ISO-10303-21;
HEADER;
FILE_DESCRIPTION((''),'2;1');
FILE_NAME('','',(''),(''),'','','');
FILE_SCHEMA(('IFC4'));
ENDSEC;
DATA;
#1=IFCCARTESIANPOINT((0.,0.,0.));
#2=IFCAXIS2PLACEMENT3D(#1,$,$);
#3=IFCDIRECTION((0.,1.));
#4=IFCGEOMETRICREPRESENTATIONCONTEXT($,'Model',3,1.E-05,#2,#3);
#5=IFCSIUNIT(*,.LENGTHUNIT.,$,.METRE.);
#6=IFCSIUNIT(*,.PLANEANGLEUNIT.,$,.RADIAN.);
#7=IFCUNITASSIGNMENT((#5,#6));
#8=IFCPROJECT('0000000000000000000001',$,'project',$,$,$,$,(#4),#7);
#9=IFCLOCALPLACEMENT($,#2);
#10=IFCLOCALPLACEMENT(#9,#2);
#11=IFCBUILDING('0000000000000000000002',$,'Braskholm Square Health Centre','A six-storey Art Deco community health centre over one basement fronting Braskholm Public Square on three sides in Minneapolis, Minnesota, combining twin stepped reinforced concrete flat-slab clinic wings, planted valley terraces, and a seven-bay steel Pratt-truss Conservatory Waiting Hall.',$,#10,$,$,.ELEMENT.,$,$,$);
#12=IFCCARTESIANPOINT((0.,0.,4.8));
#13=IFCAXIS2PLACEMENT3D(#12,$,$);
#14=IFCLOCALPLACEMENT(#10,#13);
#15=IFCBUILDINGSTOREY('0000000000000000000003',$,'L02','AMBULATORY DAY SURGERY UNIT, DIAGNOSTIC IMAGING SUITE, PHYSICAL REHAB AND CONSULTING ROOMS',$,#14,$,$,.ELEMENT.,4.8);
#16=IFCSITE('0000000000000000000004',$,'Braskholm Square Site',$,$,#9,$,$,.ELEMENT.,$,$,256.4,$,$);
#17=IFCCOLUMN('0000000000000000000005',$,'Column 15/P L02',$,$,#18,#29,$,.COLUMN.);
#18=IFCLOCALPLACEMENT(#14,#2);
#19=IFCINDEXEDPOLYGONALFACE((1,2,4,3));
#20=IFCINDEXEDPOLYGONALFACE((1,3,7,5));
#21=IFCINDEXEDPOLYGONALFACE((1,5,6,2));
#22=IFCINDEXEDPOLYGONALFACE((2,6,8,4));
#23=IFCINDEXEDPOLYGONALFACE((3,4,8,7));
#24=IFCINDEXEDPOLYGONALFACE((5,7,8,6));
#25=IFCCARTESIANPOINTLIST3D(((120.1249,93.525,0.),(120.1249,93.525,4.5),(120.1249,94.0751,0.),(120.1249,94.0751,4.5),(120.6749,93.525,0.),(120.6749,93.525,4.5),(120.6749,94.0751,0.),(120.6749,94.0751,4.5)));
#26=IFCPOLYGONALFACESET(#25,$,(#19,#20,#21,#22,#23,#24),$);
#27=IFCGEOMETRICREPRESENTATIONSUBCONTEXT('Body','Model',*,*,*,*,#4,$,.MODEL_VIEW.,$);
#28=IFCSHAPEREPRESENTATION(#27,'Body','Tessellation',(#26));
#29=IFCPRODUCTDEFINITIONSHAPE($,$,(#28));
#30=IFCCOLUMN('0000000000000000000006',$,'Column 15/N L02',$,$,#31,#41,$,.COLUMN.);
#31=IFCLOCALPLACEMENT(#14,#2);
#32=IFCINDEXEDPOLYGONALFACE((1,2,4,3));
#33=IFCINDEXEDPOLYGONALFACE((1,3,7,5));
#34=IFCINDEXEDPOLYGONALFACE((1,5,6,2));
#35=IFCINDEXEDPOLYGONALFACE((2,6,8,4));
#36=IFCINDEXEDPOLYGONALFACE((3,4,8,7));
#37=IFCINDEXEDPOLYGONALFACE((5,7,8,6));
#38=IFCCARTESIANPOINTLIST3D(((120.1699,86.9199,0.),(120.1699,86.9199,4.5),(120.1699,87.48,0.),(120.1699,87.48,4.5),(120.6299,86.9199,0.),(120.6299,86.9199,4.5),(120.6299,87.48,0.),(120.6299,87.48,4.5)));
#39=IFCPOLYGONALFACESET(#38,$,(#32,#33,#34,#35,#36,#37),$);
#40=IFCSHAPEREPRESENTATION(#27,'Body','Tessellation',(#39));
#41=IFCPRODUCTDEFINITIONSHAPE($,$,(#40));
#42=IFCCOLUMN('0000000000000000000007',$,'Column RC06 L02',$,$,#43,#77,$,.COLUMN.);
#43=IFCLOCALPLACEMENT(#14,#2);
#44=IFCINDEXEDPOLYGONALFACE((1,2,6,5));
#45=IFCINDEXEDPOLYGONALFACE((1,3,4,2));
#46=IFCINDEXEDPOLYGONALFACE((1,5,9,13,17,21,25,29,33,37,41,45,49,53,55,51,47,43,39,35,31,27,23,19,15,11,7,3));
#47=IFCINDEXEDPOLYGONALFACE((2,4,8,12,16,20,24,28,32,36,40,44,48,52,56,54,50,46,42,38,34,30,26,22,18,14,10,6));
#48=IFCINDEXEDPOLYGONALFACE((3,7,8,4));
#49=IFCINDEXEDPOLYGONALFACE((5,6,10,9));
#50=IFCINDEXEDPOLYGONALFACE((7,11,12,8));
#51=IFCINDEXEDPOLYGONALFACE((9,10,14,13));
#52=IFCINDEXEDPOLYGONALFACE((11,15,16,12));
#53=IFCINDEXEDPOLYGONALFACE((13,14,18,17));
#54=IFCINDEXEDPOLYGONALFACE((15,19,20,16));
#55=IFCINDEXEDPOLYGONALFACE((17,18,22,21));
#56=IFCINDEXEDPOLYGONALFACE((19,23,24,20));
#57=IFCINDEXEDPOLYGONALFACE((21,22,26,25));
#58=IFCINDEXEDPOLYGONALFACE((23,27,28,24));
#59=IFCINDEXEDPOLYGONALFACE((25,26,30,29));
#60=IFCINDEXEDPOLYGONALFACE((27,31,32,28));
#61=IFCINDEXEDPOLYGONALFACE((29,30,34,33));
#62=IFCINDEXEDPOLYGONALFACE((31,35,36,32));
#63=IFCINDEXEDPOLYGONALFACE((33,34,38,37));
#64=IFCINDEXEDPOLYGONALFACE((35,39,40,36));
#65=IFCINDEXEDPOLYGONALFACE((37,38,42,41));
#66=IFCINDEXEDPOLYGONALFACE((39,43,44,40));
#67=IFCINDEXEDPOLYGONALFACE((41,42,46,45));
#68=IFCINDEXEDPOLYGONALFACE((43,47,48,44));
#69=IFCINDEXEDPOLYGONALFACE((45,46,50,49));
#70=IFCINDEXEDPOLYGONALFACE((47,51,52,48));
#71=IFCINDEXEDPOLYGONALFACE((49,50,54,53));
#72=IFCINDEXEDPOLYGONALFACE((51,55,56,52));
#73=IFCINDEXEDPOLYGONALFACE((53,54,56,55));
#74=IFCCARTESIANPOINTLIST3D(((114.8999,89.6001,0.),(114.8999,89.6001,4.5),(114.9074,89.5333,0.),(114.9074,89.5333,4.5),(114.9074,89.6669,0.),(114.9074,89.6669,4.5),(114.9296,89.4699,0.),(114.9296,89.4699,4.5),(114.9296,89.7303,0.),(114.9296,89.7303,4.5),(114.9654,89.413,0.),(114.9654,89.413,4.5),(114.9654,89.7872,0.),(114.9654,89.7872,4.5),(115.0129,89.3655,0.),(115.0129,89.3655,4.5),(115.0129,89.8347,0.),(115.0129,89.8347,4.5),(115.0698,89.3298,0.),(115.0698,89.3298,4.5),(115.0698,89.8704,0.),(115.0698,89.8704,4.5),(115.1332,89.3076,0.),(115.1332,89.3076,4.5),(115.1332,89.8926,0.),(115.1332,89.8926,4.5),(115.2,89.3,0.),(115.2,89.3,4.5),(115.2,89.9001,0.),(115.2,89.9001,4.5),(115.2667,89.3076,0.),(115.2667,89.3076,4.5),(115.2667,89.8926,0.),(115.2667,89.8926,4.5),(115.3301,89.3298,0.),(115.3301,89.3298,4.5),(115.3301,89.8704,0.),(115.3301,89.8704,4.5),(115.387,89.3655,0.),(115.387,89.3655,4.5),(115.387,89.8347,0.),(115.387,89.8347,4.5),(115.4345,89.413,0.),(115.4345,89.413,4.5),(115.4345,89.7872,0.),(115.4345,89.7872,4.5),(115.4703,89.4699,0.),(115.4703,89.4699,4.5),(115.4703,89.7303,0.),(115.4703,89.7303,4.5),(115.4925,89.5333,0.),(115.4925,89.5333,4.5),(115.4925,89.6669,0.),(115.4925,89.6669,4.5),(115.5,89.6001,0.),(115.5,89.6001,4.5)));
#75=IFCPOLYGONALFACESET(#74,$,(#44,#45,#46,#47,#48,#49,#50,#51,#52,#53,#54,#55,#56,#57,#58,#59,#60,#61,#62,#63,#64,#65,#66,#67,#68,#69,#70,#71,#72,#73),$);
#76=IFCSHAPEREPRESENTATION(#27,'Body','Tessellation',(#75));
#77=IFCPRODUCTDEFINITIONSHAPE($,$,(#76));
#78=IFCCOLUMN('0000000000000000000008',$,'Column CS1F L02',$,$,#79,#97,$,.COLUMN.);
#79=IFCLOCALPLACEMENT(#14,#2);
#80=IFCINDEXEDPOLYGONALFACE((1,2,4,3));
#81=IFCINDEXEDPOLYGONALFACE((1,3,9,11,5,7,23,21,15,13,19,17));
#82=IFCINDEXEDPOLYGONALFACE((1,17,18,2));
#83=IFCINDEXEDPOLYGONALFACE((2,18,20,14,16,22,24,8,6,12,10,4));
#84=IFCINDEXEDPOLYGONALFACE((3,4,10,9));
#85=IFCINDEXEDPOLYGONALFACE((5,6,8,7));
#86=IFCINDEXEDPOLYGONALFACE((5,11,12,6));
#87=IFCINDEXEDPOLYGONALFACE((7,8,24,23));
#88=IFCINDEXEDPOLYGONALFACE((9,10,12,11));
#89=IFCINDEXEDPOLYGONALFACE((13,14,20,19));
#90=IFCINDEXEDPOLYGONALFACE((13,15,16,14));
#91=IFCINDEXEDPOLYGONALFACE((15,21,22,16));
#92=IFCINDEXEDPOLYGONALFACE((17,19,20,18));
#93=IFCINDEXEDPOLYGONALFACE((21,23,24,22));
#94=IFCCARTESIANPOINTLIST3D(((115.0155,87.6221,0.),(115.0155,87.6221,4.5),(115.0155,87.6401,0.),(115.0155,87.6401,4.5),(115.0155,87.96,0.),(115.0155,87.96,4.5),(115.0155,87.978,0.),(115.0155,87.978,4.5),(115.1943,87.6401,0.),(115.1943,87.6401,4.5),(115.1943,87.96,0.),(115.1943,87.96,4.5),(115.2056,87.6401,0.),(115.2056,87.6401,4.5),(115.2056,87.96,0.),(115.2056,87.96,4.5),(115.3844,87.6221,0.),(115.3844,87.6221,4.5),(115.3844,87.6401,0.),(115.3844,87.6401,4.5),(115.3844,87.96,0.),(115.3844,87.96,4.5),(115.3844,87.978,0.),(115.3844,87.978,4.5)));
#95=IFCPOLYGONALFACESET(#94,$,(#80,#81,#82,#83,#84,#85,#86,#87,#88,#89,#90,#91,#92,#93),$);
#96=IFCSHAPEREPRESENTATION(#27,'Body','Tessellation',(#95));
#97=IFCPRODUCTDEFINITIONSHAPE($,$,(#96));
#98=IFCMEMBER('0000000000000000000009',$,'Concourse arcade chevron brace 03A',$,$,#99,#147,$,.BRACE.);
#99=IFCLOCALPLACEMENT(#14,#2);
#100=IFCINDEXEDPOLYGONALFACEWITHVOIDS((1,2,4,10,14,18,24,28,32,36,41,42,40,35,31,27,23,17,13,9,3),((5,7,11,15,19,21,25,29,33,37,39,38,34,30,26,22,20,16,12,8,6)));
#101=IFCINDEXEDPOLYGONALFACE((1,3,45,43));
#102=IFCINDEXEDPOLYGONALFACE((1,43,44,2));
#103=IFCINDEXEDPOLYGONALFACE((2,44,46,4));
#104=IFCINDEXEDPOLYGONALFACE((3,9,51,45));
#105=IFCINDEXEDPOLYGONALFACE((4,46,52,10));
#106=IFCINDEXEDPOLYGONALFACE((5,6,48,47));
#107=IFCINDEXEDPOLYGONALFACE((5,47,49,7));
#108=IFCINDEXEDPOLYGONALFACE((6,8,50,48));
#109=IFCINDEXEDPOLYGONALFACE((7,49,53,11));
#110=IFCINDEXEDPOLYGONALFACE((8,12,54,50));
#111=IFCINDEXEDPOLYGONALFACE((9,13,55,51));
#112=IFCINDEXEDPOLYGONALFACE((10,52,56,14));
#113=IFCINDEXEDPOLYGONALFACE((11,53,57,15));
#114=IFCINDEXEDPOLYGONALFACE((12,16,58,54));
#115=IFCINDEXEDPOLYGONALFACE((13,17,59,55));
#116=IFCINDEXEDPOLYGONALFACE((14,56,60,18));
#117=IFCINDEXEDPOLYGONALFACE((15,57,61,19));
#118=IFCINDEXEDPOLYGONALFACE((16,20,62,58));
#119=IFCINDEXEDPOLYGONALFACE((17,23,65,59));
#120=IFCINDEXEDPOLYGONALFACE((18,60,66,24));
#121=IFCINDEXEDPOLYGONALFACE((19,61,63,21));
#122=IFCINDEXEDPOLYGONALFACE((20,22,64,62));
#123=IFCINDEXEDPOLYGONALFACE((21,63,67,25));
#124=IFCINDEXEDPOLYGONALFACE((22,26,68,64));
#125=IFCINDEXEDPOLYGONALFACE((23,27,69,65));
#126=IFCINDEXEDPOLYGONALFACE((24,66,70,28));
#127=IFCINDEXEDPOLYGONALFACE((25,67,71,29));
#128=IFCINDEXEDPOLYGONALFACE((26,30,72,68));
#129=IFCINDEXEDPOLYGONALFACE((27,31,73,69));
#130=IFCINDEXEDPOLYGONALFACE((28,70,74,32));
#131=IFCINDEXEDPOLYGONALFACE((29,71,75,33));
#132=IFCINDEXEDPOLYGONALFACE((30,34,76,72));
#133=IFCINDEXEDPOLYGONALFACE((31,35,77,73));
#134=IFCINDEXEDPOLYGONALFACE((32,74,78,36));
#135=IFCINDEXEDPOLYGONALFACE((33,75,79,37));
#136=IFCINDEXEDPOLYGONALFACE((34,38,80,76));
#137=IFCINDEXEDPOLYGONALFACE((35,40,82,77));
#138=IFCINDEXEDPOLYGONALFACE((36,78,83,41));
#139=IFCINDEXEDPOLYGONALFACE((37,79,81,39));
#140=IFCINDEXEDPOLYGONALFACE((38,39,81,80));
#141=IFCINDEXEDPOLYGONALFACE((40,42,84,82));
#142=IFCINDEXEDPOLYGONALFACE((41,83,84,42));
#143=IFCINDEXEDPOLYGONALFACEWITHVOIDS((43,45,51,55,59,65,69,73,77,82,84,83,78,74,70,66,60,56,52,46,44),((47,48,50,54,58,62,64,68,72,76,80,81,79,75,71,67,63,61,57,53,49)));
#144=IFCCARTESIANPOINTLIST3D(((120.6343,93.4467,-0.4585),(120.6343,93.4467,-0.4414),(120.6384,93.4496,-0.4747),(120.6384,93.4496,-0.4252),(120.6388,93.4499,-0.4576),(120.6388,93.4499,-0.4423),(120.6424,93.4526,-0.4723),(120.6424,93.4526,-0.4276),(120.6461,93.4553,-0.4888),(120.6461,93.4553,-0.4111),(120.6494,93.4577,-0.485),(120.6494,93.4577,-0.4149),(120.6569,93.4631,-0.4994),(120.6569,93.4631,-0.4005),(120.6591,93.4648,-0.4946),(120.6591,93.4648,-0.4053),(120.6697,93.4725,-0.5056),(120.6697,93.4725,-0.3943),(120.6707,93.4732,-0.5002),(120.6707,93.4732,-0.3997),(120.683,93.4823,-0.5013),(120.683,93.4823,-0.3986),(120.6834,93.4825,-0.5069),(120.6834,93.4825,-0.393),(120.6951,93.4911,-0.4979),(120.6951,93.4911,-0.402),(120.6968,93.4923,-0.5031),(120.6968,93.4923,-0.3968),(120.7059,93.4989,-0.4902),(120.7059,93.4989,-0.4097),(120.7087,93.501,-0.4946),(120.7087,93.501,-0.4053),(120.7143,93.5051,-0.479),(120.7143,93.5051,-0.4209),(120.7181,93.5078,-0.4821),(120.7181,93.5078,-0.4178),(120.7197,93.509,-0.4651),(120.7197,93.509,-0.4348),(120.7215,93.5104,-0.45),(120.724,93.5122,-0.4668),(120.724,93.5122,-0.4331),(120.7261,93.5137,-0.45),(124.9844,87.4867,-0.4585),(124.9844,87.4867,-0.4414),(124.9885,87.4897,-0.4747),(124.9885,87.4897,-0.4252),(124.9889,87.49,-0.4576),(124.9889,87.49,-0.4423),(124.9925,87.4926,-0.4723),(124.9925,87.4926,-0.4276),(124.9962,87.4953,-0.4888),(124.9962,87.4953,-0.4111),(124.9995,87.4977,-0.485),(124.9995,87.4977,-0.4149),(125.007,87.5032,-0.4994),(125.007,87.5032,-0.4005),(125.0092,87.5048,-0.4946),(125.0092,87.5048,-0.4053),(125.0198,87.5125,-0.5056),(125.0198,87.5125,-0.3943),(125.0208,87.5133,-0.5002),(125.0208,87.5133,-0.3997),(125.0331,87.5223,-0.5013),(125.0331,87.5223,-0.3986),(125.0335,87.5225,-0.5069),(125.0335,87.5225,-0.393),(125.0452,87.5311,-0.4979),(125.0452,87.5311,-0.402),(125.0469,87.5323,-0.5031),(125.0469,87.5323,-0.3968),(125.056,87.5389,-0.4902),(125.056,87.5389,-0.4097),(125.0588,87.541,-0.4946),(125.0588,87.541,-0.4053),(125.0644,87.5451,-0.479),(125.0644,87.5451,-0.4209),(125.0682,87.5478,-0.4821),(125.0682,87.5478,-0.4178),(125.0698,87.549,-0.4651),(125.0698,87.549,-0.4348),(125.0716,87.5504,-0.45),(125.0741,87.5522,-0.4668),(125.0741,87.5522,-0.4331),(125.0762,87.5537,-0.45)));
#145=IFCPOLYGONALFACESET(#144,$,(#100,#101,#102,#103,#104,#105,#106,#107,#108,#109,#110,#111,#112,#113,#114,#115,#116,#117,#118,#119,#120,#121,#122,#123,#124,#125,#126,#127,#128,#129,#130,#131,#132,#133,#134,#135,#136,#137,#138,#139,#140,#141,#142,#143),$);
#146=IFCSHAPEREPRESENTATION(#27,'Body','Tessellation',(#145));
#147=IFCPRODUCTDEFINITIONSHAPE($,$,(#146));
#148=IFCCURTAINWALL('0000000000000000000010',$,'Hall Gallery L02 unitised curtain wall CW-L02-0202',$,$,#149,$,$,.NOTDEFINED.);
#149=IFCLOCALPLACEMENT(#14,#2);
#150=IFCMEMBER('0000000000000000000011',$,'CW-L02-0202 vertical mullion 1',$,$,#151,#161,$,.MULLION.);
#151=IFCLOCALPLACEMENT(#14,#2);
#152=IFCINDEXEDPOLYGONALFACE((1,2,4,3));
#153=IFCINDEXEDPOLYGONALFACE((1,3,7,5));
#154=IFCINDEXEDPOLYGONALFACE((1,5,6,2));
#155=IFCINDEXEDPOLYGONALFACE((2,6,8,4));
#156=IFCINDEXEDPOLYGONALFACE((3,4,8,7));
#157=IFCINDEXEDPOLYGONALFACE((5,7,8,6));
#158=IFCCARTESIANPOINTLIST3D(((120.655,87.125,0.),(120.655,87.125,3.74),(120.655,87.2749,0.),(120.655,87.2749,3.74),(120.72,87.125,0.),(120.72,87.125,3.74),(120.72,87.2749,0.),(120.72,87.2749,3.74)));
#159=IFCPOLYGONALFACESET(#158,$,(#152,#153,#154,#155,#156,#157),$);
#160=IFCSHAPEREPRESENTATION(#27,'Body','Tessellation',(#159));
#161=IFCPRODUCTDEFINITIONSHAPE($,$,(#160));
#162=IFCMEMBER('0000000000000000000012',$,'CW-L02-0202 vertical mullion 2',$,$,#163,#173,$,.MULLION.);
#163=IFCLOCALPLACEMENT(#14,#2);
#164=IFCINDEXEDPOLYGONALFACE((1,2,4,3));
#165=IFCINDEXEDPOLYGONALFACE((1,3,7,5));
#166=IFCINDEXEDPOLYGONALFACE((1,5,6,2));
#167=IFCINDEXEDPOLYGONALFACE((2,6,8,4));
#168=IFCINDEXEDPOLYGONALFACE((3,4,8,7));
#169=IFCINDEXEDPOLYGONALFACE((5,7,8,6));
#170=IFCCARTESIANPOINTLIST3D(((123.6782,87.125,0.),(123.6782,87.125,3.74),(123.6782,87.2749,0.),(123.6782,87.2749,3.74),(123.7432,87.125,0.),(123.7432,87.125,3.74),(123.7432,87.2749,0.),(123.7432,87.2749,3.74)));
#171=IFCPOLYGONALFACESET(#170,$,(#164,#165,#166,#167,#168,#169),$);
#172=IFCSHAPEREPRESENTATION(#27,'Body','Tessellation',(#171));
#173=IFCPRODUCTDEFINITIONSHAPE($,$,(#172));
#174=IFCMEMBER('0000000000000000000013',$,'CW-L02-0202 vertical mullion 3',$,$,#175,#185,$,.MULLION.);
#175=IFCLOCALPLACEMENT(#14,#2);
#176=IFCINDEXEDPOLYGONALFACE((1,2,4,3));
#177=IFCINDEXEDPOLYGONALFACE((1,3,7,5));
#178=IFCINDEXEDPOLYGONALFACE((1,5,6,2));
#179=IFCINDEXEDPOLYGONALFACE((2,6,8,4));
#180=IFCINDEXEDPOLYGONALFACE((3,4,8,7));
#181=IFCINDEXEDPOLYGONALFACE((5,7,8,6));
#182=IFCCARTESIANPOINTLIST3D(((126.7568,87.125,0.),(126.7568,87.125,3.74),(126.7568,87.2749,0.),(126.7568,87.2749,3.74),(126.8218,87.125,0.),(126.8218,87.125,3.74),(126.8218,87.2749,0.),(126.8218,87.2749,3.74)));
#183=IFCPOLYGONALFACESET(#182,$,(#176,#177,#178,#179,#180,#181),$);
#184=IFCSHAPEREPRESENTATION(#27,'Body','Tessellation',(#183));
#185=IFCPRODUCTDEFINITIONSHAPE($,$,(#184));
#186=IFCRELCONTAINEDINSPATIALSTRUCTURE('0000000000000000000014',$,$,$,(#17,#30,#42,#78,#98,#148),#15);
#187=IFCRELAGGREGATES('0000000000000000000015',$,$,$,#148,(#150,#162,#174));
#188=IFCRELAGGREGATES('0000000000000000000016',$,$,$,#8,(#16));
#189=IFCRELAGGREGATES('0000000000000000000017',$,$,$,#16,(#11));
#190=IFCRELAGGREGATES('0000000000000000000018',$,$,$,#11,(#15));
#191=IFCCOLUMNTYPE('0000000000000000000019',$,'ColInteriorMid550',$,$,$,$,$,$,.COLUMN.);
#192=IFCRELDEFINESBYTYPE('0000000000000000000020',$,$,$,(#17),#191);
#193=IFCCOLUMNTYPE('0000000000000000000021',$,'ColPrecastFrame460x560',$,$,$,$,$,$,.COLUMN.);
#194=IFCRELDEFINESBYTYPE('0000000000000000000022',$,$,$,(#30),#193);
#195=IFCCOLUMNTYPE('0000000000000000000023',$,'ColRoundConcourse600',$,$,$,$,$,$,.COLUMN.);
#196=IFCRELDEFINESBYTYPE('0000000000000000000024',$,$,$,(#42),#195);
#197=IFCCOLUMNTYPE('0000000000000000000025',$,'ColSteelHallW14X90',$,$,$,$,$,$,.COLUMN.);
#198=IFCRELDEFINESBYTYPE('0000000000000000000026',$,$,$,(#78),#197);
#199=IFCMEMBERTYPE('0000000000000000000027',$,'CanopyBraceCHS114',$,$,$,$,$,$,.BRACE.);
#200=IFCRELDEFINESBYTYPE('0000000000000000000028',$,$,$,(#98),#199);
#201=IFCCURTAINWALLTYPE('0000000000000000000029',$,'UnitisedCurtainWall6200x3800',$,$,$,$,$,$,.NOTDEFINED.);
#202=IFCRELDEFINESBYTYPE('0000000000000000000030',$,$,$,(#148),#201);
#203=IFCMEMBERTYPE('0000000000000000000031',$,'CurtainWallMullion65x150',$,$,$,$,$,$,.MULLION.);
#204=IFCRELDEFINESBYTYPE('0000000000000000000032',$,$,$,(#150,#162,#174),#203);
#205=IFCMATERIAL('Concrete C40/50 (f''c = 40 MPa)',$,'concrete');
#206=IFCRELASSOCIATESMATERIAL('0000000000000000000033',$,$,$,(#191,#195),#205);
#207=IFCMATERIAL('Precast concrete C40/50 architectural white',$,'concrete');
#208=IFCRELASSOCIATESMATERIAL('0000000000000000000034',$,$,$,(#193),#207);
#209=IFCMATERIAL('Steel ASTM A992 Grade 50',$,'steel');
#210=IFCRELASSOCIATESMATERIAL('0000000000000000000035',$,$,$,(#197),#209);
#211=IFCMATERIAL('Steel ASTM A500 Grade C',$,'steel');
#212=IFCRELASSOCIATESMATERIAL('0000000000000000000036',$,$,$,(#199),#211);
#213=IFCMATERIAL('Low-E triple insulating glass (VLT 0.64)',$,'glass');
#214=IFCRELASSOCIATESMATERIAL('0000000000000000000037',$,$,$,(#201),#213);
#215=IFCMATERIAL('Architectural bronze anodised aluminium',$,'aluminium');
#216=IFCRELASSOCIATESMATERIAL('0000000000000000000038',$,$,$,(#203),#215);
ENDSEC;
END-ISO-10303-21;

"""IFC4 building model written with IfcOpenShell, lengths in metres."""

from ifc_helpers import new_model, si_unit, direction, frame, origin, origin_2d, place, context, subcontext, project, spatial, rectangle, circle, hollow_circle, i_section, extrude, material, material_profile, profile_set, type_object, element, aggregate, save


model = new_model("IFC4")

# Units and contexts
model_context = context("Model", 3, precision=1e-05, world=origin(), true_north=direction((0.0, 1.0)))
body_context = subcontext(model_context, "Body", "Model", "MODEL_VIEW")
ifc_project = project(units=[si_unit("LENGTHUNIT", "METRE"), si_unit("PLANEANGLEUNIT", "RADIAN")], contexts=[model_context])

# Site, building, storey
site_placement = place(None, origin())
site = spatial("IfcSite", under=ifc_project, at=site_placement, Name="Braskholm Square Site", CompositionType="ELEMENT", RefElevation=256.4)
building_placement = place(site_placement, origin())
building = spatial("IfcBuilding", under=site, at=building_placement, Name="Braskholm Square Health Centre", Description="A six-storey Art Deco community health centre over one basement fronting Braskholm Public Square on three sides in Minneapolis, Minnesota, combining twin stepped reinforced concrete flat-slab clinic wings, planted valley terraces, and a seven-bay steel Pratt-truss Conservatory Waiting Hall.", CompositionType="ELEMENT")
storey_placement = place(building_placement, frame((0.0, 0.0, 4.8)))
storey = spatial("IfcBuildingStorey", under=building, at=storey_placement, Name="L02", Description="AMBULATORY DAY SURGERY UNIT, DIAGNOSTIC IMAGING SUITE, PHYSICAL REHAB AND CONSULTING ROOMS", CompositionType="ELEMENT", Elevation=4.8)

# Columns
ifc_material_1 = material(Name="Concrete C40/50 (f'c = 40 MPa)", Category="concrete")
ifc_material_profile_1 = material_profile(ifc_material_1, rectangle(XDim=0.55, YDim=0.55, at=origin_2d()), Name="RC-550X550")
ifc_profile_set_1 = profile_set([ifc_material_profile_1], Name="Concrete C40/50 (f'c = 40 MPa)")
column_type_1 = type_object("IfcColumnType", Name="ColInteriorMid550", PredefinedType="COLUMN", material=ifc_profile_set_1)
column_1_placement = place(storey_placement, frame((120.3999, 93.8, 0.0), z_axis=(0.0, 0.0, 1.0), x_axis=(1.0, 0.0, 0.0)))
element("IfcColumn", 1, at=column_1_placement, inside=storey, type_object=column_type_1, Name="Column 15/P L02", PredefinedType="COLUMN", context=body_context, shape_type="SweptSolid", body=[
    extrude(rectangle(XDim=0.55, YDim=0.55, at=origin_2d()), origin(), (0.0, 0.0, 1.0), 4.5),
])
ifc_material_2 = material(Name="Precast concrete C40/50 architectural white", Category="concrete")
ifc_material_profile_2 = material_profile(ifc_material_2, rectangle(XDim=0.46, YDim=0.5601, at=origin_2d()), Name="RC-460X560")
ifc_profile_set_2 = profile_set([ifc_material_profile_2], Name="Precast concrete C40/50 architectural white")
column_type_2 = type_object("IfcColumnType", Name="ColPrecastFrame460x560", PredefinedType="COLUMN", material=ifc_profile_set_2)
column_2_placement = place(storey_placement, frame((120.3999, 87.2, 0.0), z_axis=(0.0, 0.0, 1.0), x_axis=(1.0, 0.0, 0.0)))
element("IfcColumn", 2, at=column_2_placement, inside=storey, type_object=column_type_2, Name="Column 15/N L02", PredefinedType="COLUMN", context=body_context, shape_type="SweptSolid", body=[
    extrude(rectangle(XDim=0.46, YDim=0.5601, at=origin_2d()), origin(), (0.0, 0.0, 1.0), 4.5),
])
ifc_material_profile_3 = material_profile(ifc_material_1, circle(Radius=0.3, at=origin_2d()), Name="RC-RND-600")
ifc_profile_set_3 = profile_set([ifc_material_profile_3], Name="Concrete C40/50 (f'c = 40 MPa)")
column_type_3 = type_object("IfcColumnType", Name="ColRoundConcourse600", PredefinedType="COLUMN", material=ifc_profile_set_3)
column_3_placement = place(storey_placement, frame((115.2, 89.6001, 0.0), z_axis=(0.0, 0.0, 1.0), x_axis=(1.0, 0.0, 0.0)))
element("IfcColumn", 3, at=column_3_placement, inside=storey, type_object=column_type_3, Name="Column RC06 L02", PredefinedType="COLUMN", context=body_context, shape_type="SweptSolid", body=[
    extrude(circle(Radius=0.3, at=origin_2d()), origin(), (0.0, 0.0, 1.0), 4.5),
])
ifc_material_3 = material(Name="Steel ASTM A992 Grade 50", Category="steel")
ifc_material_profile_4 = material_profile(ifc_material_3, i_section(OverallWidth=0.3689, OverallDepth=0.356, WebThickness=0.0112, FlangeThickness=0.0181, at=origin_2d()), Name="W14X90")
ifc_profile_set_4 = profile_set([ifc_material_profile_4], Name="Steel ASTM A992 Grade 50")
column_type_4 = type_object("IfcColumnType", Name="ColSteelHallW14X90", PredefinedType="COLUMN", material=ifc_profile_set_4)
column_4_placement = place(storey_placement, frame((115.2, 87.8, 0.0), z_axis=(0.0, 0.0, 1.0), x_axis=(1.0, 0.0, 0.0)))
element("IfcColumn", 4, at=column_4_placement, inside=storey, type_object=column_type_4, Name="Column CS1F L02", PredefinedType="COLUMN", context=body_context, shape_type="SweptSolid", body=[
    extrude(i_section(OverallWidth=0.3689, OverallDepth=0.356, WebThickness=0.0112, FlangeThickness=0.0181, at=origin_2d()), origin(), (0.0, 0.0, 1.0), 4.5),
])

# Member
ifc_material_4 = material(Name="Steel ASTM A500 Grade C", Category="steel")
ifc_material_profile_5 = material_profile(ifc_material_4, hollow_circle(Radius=0.0571, WallThickness=0.0056, at=origin_2d()), Name="HSS4.500X0.237")
ifc_profile_set_5 = profile_set([ifc_material_profile_5], Name="Steel ASTM A500 Grade C")
member_type_1 = type_object("IfcMemberType", Name="CanopyBraceCHS114", PredefinedType="BRACE", material=ifc_profile_set_5)
member_1_placement = place(storey_placement, frame((120.6799, 93.48, -0.45), z_axis=(0.589552, -0.80773, 0.0), x_axis=(0.80773, 0.589552, 0.0)))
element("IfcMember", 5, at=member_1_placement, inside=storey, type_object=member_type_1, Name="Concourse arcade chevron brace 03A", PredefinedType="BRACE", context=body_context, shape_type="SweptSolid", body=[
    extrude(hollow_circle(Radius=0.0571, WallThickness=0.0056, at=origin_2d()), origin(), (0.0, 0.0, 1.0), 7.3787),
])

# Curtain wall, members
ifc_material_5 = material(Name="Low-E triple insulating glass (VLT 0.64)", Category="glass")
curtain_wall_type = type_object("IfcCurtainWallType", Name="UnitisedCurtainWall6200x3800", PredefinedType="NOTDEFINED", material=ifc_material_5)
curtain_wall_1_placement = place(storey_placement, origin())
curtain_wall_1 = element("IfcCurtainWall", 6, at=curtain_wall_1_placement, inside=storey, type_object=curtain_wall_type, Name="Hall Gallery L02 unitised curtain wall CW-L02-0202", PredefinedType="NOTDEFINED")
ifc_material_6 = material(Name="Architectural bronze anodised aluminium", Category="aluminium")
ifc_material_profile_6 = material_profile(ifc_material_6, rectangle(XDim=0.0649, YDim=0.1499, at=origin_2d()), Name="ALU-65X150")
ifc_profile_set_6 = profile_set([ifc_material_profile_6], Name="Architectural bronze anodised aluminium")
member_type_2 = type_object("IfcMemberType", Name="CurtainWallMullion65x150", PredefinedType="MULLION", material=ifc_profile_set_6)
member_2_placement = place(storey_placement, frame((120.6875, 87.2, 0.0), z_axis=(0.0, 0.0, 1.0), x_axis=(1.0, 0.0, 0.0)))
member_2 = element("IfcMember", 7, at=member_2_placement, type_object=member_type_2, Name="CW-L02-0202 vertical mullion 1", PredefinedType="MULLION", context=body_context, shape_type="SweptSolid", body=[
    extrude(rectangle(XDim=0.0649, YDim=0.1499, at=origin_2d()), origin(), (0.0, 0.0, 1.0), 3.74),
])
member_3_placement = place(storey_placement, frame((123.7107, 87.2, 0.0), z_axis=(0.0, 0.0, 1.0), x_axis=(1.0, 0.0, 0.0)))
member_3 = element("IfcMember", 8, at=member_3_placement, type_object=member_type_2, Name="CW-L02-0202 vertical mullion 2", PredefinedType="MULLION", context=body_context, shape_type="SweptSolid", body=[
    extrude(rectangle(XDim=0.0649, YDim=0.1499, at=origin_2d()), origin(), (0.0, 0.0, 1.0), 3.74),
])
member_4_placement = place(storey_placement, frame((126.7893, 87.2, 0.0), z_axis=(0.0, 0.0, 1.0), x_axis=(1.0, 0.0, 0.0)))
member_4 = element("IfcMember", 9, at=member_4_placement, type_object=member_type_2, Name="CW-L02-0202 vertical mullion 3", PredefinedType="MULLION", context=body_context, shape_type="SweptSolid", body=[
    extrude(rectangle(XDim=0.0649, YDim=0.1499, at=origin_2d()), origin(), (0.0, 0.0, 1.0), 3.74),
])

aggregate(curtain_wall_1, [member_2, member_3, member_4])

save(model, "model.ifc")
